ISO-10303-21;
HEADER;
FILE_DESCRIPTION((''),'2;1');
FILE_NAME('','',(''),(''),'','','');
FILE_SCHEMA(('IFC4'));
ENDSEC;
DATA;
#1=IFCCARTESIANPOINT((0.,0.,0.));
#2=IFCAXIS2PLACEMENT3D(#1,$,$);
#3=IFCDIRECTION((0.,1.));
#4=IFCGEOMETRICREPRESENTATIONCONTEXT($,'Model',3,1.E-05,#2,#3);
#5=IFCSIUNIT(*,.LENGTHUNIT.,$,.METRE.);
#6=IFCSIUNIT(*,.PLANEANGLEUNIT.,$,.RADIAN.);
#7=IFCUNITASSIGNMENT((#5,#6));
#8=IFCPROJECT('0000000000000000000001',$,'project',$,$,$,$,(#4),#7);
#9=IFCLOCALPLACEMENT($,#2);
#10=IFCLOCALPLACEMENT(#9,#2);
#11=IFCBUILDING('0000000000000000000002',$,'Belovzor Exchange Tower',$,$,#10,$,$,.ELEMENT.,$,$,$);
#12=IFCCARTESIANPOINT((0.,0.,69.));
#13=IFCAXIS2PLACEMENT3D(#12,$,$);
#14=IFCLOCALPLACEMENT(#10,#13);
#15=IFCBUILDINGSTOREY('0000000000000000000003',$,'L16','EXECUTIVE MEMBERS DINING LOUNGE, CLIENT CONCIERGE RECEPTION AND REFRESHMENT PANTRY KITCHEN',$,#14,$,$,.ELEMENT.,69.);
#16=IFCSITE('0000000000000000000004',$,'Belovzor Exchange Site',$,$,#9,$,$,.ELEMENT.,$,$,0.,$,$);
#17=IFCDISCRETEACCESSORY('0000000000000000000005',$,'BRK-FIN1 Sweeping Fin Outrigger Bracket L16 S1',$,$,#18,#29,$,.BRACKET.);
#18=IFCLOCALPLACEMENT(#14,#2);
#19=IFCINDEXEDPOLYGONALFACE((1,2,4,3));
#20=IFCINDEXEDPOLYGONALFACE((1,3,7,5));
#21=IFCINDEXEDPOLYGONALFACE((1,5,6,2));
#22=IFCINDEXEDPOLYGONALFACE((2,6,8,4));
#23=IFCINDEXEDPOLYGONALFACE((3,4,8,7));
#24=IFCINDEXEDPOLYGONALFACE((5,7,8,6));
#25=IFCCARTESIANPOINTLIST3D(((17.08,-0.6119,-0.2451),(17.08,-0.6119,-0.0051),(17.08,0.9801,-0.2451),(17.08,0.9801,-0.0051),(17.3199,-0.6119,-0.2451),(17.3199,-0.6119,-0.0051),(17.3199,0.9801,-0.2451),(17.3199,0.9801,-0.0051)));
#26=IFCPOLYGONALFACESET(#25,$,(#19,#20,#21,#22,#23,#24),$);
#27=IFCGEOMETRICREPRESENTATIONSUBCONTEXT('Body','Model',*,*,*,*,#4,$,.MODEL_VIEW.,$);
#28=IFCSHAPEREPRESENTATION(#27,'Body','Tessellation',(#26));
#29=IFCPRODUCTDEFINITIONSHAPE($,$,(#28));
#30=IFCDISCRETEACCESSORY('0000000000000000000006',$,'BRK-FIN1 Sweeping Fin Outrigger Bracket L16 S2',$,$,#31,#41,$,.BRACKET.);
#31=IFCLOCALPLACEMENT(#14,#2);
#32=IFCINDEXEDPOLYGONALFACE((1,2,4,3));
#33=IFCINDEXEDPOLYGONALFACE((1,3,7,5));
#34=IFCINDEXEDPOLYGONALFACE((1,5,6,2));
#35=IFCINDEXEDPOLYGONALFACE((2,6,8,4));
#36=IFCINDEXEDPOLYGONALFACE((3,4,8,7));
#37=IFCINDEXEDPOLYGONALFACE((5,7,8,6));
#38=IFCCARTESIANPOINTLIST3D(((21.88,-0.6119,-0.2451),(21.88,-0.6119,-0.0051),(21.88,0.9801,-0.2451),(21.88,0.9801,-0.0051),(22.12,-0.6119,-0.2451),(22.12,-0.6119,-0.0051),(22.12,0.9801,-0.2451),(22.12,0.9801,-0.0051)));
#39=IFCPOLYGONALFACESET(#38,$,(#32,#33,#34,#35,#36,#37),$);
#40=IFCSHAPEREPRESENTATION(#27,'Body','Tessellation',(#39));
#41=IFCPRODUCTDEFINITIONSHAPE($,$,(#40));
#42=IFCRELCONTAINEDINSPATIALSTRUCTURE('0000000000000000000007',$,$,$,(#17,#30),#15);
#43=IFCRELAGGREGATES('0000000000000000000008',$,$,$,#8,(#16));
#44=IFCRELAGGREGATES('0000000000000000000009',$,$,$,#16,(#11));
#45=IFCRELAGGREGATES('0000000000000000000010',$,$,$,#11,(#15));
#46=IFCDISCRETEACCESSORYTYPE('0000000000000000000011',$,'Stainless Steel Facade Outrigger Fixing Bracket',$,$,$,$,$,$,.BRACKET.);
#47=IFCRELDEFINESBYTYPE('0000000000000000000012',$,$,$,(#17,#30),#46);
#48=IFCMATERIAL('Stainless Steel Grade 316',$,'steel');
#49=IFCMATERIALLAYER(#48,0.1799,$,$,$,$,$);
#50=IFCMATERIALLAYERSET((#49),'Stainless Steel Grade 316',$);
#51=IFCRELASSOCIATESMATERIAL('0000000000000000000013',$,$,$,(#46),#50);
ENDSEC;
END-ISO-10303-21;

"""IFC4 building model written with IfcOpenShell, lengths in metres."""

from ifc_helpers import new_model, si_unit, direction, frame, origin, origin_2d, place, context, subcontext, project, spatial, rectangle, extrude, material, layer, layer_set, type_object, element, save


model = new_model("IFC4")

# Units and contexts
model_context = context("Model", 3, precision=1e-05, world=origin(), true_north=direction((0.0, 1.0)))
body_context = subcontext(model_context, "Body", "Model", "MODEL_VIEW")
ifc_project = project(units=[si_unit("LENGTHUNIT", "METRE"), si_unit("PLANEANGLEUNIT", "RADIAN")], contexts=[model_context])

# Site, building, storey
site_placement = place(None, origin())
site = spatial("IfcSite", under=ifc_project, at=site_placement, Name="Belovzor Exchange Site", CompositionType="ELEMENT", RefElevation=0.0)
building_placement = place(site_placement, origin())
building = spatial("IfcBuilding", under=site, at=building_placement, Name="Belovzor Exchange Tower", CompositionType="ELEMENT")
storey_placement = place(building_placement, frame((0.0, 0.0, 69.0)))
storey = spatial("IfcBuildingStorey", under=building, at=storey_placement, Name="L16", Description="EXECUTIVE MEMBERS DINING LOUNGE, CLIENT CONCIERGE RECEPTION AND REFRESHMENT PANTRY KITCHEN", CompositionType="ELEMENT", Elevation=69.0)

# Discrete accessories
ifc_material_1 = material(Name="Stainless Steel Grade 316", Category="steel")
ifc_layer_1 = layer(ifc_material_1, 0.1799)
ifc_layer_set_1 = layer_set([ifc_layer_1], Name="Stainless Steel Grade 316")
discrete_accessory_type = type_object("IfcDiscreteAccessoryType", Name="Stainless Steel Facade Outrigger Fixing Bracket", PredefinedType="BRACKET", material=ifc_layer_set_1)
for number, where, z_axis, x_axis, name in (
    (1, (17.2, 0.1841, -0.2451), (0.0, 0.0, 1.0), (0.0, 1.0, 0.0), "BRK-FIN1 Sweeping Fin Outrigger Bracket L16 S1"),
    (2, (22.0, 0.1841, -0.2451), (0.0, 0.0, 1.0), (0.0, 1.0, 0.0), "BRK-FIN1 Sweeping Fin Outrigger Bracket L16 S2"),
):
    element("IfcDiscreteAccessory", number, at=place(storey_placement, frame(where, z_axis=z_axis, x_axis=x_axis)), inside=storey, type_object=discrete_accessory_type, Name=name, PredefinedType="BRACKET", context=body_context, shape_type="SweptSolid", body=[
        extrude(rectangle(XDim=1.592, YDim=0.24, at=origin_2d()), origin(), (0.0, 0.0, 1.0), 0.24),
    ])

save(model, "model.ifc")
